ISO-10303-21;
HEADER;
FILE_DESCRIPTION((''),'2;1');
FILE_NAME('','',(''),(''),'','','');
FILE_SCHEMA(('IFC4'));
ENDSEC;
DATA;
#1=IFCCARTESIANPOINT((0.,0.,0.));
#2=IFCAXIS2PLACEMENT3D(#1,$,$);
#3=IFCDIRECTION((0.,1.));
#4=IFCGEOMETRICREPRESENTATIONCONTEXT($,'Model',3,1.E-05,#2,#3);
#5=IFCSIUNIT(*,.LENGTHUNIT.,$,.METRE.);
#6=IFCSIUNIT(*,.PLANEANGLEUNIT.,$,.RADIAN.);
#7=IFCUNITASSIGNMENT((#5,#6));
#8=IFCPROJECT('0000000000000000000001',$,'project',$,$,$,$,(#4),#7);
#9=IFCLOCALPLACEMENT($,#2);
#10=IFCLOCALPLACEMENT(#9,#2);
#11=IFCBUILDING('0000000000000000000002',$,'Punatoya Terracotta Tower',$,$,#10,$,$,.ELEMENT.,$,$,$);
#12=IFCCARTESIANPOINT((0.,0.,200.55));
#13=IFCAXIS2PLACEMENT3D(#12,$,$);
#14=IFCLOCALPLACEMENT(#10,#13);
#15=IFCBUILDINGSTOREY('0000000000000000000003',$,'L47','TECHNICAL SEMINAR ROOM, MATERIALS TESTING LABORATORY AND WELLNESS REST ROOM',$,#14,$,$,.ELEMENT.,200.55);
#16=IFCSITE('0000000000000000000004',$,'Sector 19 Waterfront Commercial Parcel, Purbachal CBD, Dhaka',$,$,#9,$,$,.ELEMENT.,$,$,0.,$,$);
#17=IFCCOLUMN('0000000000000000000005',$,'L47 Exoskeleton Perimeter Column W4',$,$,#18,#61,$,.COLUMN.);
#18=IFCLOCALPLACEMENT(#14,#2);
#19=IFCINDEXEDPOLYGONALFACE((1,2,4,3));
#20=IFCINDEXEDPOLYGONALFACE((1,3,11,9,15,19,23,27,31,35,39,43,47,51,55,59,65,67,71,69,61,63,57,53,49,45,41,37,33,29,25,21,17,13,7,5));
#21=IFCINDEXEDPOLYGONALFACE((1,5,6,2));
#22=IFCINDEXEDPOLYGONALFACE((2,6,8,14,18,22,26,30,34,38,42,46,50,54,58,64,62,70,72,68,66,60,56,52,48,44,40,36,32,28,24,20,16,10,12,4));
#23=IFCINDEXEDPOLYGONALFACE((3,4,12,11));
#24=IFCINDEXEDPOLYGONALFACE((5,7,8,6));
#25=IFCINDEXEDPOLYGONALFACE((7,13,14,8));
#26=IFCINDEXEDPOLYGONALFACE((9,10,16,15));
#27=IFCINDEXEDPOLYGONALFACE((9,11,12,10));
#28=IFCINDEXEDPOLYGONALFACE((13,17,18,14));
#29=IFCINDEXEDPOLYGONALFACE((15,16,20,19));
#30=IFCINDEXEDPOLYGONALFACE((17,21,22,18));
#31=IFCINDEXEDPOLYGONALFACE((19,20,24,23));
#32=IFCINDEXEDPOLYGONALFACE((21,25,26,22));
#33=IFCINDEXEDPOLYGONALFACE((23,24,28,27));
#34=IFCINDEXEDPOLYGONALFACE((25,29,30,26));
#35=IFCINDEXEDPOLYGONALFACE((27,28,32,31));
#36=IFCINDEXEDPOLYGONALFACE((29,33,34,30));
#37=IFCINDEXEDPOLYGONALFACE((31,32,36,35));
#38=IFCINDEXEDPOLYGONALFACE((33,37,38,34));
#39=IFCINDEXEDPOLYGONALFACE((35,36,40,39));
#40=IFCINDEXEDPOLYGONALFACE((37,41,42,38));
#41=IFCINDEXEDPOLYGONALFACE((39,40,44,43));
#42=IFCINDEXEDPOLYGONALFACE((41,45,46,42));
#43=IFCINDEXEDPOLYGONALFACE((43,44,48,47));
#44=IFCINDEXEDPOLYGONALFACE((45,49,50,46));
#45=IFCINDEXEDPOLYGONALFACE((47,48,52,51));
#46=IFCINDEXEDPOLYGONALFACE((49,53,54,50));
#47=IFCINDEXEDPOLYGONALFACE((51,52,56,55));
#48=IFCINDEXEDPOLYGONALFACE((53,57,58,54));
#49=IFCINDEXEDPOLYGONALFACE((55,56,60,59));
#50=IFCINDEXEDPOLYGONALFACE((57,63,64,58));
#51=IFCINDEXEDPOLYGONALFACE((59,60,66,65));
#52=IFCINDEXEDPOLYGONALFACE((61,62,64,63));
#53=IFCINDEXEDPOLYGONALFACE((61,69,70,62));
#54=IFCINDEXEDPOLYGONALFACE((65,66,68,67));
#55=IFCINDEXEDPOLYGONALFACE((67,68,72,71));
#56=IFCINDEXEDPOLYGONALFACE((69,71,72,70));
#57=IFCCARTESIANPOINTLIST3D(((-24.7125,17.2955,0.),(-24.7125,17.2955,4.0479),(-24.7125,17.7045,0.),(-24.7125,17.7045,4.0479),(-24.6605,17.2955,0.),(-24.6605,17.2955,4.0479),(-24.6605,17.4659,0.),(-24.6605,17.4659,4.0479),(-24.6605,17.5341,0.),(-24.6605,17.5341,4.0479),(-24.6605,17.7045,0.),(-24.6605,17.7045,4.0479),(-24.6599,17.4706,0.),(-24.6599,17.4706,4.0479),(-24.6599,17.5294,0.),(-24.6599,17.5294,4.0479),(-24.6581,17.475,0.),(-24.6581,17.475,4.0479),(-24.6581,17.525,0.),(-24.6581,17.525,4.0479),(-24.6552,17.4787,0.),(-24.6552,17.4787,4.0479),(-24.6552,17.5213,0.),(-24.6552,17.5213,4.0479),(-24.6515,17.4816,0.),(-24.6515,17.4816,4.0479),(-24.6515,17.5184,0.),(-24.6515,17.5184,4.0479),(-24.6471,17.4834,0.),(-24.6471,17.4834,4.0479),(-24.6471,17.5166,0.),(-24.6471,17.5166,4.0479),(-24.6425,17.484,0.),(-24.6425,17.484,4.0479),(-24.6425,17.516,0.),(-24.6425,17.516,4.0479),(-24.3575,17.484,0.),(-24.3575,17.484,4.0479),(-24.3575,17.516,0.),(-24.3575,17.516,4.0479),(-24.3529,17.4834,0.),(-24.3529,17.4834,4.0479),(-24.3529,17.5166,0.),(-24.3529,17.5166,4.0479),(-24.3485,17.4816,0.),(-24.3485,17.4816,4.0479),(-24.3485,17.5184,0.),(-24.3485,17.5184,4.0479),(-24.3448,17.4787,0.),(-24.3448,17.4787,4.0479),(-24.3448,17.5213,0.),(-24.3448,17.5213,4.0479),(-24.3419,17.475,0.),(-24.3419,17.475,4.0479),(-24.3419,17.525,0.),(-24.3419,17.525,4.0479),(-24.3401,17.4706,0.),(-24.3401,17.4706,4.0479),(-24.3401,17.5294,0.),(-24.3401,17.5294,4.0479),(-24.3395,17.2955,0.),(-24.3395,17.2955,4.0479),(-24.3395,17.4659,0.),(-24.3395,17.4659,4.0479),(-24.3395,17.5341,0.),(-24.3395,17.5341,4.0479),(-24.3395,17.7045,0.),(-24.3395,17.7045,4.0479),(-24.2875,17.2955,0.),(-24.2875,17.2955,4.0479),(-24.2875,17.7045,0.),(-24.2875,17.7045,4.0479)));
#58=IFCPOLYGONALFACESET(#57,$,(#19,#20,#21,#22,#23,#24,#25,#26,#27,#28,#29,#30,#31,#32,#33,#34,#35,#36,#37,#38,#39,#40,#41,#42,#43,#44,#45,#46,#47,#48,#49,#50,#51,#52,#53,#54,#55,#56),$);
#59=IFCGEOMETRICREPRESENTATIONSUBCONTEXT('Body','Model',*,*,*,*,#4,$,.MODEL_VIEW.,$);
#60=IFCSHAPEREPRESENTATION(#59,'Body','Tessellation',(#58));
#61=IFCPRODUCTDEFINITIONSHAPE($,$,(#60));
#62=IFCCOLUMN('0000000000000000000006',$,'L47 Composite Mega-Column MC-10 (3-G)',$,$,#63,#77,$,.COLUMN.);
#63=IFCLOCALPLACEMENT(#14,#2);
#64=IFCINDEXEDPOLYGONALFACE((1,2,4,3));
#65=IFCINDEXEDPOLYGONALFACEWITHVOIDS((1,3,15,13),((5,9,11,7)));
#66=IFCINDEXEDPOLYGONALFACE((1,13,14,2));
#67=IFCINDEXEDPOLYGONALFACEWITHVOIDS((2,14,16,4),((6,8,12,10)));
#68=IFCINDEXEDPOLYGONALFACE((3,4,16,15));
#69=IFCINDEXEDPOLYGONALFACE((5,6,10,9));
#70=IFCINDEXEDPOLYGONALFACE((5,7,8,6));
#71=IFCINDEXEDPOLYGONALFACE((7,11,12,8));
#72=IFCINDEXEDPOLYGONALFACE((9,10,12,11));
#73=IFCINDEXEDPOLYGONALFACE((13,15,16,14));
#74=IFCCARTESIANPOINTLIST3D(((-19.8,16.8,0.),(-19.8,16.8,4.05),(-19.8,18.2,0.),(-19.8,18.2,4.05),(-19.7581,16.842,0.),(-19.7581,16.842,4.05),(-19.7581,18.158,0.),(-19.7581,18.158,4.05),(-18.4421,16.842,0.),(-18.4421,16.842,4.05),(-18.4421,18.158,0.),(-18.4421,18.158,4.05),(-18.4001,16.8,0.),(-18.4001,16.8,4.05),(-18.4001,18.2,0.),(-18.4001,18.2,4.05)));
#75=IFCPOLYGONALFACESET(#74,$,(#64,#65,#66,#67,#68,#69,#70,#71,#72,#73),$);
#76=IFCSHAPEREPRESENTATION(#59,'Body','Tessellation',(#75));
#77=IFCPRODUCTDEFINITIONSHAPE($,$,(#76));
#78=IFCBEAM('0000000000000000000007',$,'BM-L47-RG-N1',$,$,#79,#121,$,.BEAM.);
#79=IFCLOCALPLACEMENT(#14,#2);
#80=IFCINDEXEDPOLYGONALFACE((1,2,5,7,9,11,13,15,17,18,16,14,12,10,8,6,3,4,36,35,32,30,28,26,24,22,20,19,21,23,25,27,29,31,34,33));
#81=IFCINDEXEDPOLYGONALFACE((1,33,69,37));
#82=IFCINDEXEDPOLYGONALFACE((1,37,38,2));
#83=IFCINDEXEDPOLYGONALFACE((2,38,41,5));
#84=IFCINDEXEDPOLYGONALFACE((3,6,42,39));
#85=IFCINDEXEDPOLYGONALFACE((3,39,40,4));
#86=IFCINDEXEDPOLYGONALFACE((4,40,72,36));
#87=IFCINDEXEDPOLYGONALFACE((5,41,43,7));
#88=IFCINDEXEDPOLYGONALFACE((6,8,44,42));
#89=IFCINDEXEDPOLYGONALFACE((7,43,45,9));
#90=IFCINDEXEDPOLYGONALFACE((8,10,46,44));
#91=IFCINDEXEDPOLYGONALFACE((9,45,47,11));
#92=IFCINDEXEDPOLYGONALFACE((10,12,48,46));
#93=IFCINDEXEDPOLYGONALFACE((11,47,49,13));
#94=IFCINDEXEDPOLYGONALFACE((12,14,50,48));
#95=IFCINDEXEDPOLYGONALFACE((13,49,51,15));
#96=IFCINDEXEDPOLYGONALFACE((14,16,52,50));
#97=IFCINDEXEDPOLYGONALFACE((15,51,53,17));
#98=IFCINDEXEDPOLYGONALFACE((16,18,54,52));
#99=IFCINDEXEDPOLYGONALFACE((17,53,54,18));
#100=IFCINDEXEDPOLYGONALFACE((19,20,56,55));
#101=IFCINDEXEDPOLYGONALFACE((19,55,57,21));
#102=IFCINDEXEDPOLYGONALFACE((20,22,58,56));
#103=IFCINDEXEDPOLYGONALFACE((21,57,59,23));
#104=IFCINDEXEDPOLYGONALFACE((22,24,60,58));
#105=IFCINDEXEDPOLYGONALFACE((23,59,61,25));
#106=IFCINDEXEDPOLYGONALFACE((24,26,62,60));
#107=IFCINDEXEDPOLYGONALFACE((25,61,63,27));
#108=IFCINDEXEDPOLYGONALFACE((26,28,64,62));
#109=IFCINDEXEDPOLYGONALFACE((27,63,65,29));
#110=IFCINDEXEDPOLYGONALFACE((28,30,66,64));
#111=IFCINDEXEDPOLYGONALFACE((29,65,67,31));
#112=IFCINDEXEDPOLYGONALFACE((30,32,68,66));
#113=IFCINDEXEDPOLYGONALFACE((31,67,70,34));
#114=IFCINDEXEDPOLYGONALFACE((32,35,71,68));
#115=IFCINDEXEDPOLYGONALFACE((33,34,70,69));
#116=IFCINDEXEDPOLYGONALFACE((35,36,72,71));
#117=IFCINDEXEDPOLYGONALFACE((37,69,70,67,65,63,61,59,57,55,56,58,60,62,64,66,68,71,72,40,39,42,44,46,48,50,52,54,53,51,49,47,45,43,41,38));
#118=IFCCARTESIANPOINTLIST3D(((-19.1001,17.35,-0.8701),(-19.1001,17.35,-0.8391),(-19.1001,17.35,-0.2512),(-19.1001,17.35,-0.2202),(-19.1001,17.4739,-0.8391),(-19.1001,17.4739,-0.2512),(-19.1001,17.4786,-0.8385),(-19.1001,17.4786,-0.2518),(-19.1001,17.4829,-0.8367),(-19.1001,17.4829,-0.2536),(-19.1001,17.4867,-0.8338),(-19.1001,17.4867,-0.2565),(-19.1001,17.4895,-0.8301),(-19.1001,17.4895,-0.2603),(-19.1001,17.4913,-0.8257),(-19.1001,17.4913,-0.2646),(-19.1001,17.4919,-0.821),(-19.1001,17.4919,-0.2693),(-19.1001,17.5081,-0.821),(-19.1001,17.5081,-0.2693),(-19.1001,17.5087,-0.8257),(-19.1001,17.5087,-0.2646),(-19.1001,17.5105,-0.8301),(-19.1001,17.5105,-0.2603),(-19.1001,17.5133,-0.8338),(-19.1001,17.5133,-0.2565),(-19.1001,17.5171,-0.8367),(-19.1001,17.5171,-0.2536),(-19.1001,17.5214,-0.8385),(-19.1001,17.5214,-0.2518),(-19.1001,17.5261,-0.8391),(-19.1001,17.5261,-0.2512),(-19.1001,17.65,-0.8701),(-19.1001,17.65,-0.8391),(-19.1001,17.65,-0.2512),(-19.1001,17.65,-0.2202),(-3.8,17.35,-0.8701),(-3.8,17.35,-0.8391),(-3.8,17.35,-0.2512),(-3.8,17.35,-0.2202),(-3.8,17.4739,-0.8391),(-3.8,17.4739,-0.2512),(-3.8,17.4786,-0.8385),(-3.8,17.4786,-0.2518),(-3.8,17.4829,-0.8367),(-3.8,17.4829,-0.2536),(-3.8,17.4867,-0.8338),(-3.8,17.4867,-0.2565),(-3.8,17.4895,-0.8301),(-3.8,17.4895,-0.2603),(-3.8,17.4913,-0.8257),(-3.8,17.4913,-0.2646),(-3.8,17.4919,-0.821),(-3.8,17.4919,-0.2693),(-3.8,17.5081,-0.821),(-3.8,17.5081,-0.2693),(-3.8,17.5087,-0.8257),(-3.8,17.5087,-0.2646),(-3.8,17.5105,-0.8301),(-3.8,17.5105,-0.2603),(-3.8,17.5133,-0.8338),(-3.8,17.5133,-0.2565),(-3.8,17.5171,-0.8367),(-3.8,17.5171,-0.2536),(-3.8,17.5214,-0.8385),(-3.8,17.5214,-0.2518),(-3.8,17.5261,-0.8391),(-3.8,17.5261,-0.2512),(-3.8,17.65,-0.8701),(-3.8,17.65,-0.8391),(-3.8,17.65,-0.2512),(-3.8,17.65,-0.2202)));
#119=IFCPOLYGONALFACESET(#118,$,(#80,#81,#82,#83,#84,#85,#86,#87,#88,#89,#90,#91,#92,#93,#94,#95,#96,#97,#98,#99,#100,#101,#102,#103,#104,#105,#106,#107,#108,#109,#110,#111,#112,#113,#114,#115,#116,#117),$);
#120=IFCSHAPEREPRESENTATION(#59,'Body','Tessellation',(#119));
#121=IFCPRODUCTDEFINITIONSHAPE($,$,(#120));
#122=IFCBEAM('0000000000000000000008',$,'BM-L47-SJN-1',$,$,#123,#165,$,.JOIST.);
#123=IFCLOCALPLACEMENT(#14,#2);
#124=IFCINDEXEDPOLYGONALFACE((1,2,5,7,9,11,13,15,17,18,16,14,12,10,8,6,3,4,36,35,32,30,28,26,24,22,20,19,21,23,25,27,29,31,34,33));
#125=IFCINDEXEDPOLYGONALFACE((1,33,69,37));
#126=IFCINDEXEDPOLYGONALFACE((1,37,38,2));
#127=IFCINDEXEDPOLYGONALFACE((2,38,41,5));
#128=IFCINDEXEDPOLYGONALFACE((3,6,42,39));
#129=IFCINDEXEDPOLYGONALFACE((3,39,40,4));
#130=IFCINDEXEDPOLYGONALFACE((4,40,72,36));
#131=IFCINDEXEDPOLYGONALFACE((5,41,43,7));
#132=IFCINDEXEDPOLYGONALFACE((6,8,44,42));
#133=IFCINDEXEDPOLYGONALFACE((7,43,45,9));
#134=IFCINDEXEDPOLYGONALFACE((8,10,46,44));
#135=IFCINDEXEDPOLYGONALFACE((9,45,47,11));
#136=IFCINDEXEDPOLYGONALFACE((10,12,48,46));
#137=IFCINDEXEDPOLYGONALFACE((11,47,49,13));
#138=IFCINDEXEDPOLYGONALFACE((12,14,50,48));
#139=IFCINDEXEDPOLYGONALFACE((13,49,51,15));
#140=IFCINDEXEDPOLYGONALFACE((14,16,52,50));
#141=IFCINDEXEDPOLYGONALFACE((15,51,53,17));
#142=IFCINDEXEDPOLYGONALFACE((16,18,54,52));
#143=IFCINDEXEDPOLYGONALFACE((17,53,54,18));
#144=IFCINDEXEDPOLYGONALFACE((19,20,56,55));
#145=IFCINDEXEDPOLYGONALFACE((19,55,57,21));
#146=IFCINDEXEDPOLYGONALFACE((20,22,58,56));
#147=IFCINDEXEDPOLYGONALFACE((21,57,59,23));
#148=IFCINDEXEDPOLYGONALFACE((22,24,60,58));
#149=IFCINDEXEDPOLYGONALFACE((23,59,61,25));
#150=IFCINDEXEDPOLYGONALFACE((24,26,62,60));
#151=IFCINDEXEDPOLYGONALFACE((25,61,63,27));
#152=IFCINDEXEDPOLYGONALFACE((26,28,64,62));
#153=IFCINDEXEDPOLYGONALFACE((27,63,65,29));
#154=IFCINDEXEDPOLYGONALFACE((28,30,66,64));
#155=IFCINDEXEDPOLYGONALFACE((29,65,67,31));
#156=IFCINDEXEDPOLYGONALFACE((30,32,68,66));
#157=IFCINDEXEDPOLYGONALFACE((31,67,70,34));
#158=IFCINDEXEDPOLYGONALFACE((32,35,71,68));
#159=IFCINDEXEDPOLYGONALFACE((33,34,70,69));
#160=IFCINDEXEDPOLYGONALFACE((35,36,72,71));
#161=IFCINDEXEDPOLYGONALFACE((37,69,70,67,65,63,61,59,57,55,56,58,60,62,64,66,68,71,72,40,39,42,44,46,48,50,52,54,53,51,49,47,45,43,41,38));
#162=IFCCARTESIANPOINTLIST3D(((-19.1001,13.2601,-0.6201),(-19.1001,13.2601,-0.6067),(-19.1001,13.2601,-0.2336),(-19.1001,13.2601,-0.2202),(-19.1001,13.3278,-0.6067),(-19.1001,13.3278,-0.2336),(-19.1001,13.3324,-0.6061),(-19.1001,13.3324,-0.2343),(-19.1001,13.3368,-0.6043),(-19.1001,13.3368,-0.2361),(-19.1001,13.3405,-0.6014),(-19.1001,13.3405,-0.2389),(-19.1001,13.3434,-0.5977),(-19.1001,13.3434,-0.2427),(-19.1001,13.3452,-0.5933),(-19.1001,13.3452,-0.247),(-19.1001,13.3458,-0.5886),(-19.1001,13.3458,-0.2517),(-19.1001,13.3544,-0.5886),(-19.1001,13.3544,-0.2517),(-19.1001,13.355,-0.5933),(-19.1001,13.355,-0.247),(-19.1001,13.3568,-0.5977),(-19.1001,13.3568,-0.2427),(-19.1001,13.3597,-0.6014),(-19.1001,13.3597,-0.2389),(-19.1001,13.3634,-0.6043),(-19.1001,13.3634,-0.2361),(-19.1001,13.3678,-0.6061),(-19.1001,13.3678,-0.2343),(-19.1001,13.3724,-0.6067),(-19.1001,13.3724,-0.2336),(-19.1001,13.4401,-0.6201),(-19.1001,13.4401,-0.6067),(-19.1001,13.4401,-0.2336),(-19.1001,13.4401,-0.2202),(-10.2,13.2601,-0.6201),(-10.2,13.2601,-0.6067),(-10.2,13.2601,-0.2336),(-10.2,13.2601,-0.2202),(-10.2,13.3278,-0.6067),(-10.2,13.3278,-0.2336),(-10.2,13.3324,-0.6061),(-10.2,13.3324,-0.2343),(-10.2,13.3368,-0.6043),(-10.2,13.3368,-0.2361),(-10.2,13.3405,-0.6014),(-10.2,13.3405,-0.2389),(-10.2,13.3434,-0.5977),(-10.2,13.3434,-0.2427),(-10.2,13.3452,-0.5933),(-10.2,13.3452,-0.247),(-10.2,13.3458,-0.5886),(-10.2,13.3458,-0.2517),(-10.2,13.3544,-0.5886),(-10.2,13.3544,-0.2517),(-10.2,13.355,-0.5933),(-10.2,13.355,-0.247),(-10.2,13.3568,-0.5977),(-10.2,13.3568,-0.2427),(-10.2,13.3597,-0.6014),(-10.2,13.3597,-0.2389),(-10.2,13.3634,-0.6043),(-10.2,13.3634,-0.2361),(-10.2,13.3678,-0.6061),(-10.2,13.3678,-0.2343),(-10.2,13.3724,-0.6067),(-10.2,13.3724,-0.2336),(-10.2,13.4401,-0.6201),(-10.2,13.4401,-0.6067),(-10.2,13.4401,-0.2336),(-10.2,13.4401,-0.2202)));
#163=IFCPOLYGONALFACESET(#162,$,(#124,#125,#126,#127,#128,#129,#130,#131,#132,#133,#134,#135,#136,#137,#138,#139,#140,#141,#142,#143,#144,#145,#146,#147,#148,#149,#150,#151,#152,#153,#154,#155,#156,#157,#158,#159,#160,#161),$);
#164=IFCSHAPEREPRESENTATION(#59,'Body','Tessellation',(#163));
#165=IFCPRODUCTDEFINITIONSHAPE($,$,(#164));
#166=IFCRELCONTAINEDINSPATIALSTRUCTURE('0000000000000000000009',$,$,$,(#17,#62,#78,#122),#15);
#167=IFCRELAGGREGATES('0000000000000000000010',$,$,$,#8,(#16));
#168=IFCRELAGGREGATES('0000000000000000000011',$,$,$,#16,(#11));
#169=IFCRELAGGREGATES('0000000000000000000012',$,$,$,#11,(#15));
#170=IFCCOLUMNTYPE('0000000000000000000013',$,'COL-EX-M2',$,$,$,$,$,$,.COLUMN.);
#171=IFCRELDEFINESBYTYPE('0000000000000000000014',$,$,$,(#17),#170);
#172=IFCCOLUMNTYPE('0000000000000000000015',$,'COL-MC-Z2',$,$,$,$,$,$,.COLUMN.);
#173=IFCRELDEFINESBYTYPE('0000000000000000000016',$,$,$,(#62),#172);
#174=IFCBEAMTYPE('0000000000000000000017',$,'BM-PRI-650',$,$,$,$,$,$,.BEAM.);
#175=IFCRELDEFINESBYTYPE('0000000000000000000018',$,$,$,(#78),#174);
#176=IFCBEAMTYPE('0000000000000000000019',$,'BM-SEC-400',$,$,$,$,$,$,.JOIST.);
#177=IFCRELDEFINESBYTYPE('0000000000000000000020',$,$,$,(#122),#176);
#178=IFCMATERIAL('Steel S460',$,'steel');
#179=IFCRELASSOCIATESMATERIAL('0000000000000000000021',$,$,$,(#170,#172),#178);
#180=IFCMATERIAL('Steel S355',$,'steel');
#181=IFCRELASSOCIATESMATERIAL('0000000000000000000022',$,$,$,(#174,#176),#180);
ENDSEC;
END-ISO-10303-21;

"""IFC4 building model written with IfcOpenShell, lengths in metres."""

from ifc_helpers import new_model, si_unit, direction, frame, origin, origin_2d, place, context, subcontext, project, spatial, hollow_rectangle, i_section, extrude, material, material_profile, profile_set, type_object, element, save


model = new_model("IFC4")

# Units and contexts
model_context = context("Model", 3, precision=1e-05, world=origin(), true_north=direction((0.0, 1.0)))
body_context = subcontext(model_context, "Body", "Model", "MODEL_VIEW")
ifc_project = project(units=[si_unit("LENGTHUNIT", "METRE"), si_unit("PLANEANGLEUNIT", "RADIAN")], contexts=[model_context])

# Site, building, storey
site_placement = place(None, origin())
site = spatial("IfcSite", under=ifc_project, at=site_placement, Name="Sector 19 Waterfront Commercial Parcel, Purbachal CBD, Dhaka", CompositionType="ELEMENT", RefElevation=0.0)
building_placement = place(site_placement, origin())
building = spatial("IfcBuilding", under=site, at=building_placement, Name="Punatoya Terracotta Tower", CompositionType="ELEMENT")
storey_placement = place(building_placement, frame((0.0, 0.0, 200.55)))
storey = spatial("IfcBuildingStorey", under=building, at=storey_placement, Name="L47", Description="TECHNICAL SEMINAR ROOM, MATERIALS TESTING LABORATORY AND WELLNESS REST ROOM", CompositionType="ELEMENT", Elevation=200.55)

# Columns
ifc_material_1 = material(Name="Steel S460", Category="steel")
ifc_material_profile_1 = material_profile(ifc_material_1, i_section(OverallWidth=0.4089, OverallDepth=0.425, WebThickness=0.032, FlangeThickness=0.052, FilletRadius=0.0181, at=origin_2d()))
ifc_profile_set_1 = profile_set([ifc_material_profile_1], Name="Steel S460")
column_type_1 = type_object("IfcColumnType", Name="COL-EX-M2", PredefinedType="COLUMN", material=ifc_profile_set_1)
column_1_placement = place(storey_placement, frame((-24.5, 17.5, 0.0), z_axis=(0.0, 0.0, 1.0), x_axis=(0.0, 1.0, 0.0)))
element("IfcColumn", 1, at=column_1_placement, inside=storey, type_object=column_type_1, Name="L47 Exoskeleton Perimeter Column W4", PredefinedType="COLUMN", context=body_context, shape_type="SweptSolid", body=[
    extrude(i_section(OverallWidth=0.4089, OverallDepth=0.425, WebThickness=0.032, FlangeThickness=0.052, FilletRadius=0.0181, at=origin_2d()), origin(), (0.0, 0.0, 1.0), 4.0479),
])
ifc_material_profile_2 = material_profile(ifc_material_1, hollow_rectangle(XDim=1.3999, YDim=1.3999, WallThickness=0.042, at=origin_2d()))
ifc_profile_set_2 = profile_set([ifc_material_profile_2], Name="Steel S460")
column_type_2 = type_object("IfcColumnType", Name="COL-MC-Z2", PredefinedType="COLUMN", material=ifc_profile_set_2)
column_2_placement = place(storey_placement, frame((-19.1001, 17.5, 0.0), z_axis=(0.0, 0.0, 1.0), x_axis=(1.0, 0.0, 0.0)))
element("IfcColumn", 2, at=column_2_placement, inside=storey, type_object=column_type_2, Name="L47 Composite Mega-Column MC-10 (3-G)", PredefinedType="COLUMN", context=body_context, shape_type="SweptSolid", body=[
    extrude(hollow_rectangle(XDim=1.3999, YDim=1.3999, WallThickness=0.042, at=origin_2d()), origin(), (0.0, 0.0, 1.0), 4.05),
])

# Beams
ifc_material_2 = material(Name="Steel S355", Category="steel")
ifc_material_profile_3 = material_profile(ifc_material_2, i_section(OverallWidth=0.3, OverallDepth=0.6499, WebThickness=0.0161, FlangeThickness=0.031, FilletRadius=0.0181, at=origin_2d()))
ifc_profile_set_3 = profile_set([ifc_material_profile_3], Name="Steel S355")
beam_type_1 = type_object("IfcBeamType", Name="BM-PRI-650", PredefinedType="BEAM", material=ifc_profile_set_3)
beam_1_placement = place(storey_placement, frame((-19.1001, 17.5, -0.5452), z_axis=(1.0, 0.0, 0.0), x_axis=(0.0, 1.0, 0.0)))
element("IfcBeam", 3, at=beam_1_placement, inside=storey, type_object=beam_type_1, Name="BM-L47-RG-N1", PredefinedType="BEAM", context=body_context, shape_type="SweptSolid", body=[
    extrude(i_section(OverallWidth=0.3, OverallDepth=0.6499, WebThickness=0.0161, FlangeThickness=0.031, FilletRadius=0.0181, at=origin_2d()), origin(), (0.0, 0.0, 1.0), 15.3),
])
ifc_material_profile_4 = material_profile(ifc_material_2, i_section(OverallWidth=0.1799, OverallDepth=0.3999, WebThickness=0.0085, FlangeThickness=0.0134, FilletRadius=0.0181, at=origin_2d()))
ifc_profile_set_4 = profile_set([ifc_material_profile_4], Name="Steel S355")
beam_type_2 = type_object("IfcBeamType", Name="BM-SEC-400", PredefinedType="JOIST", material=ifc_profile_set_4)
beam_2_placement = place(storey_placement, frame((-19.1001, 13.3501, -0.4202), z_axis=(1.0, 0.0, 0.0), x_axis=(0.0, 1.0, 0.0)))
element("IfcBeam", 4, at=beam_2_placement, inside=storey, type_object=beam_type_2, Name="BM-L47-SJN-1", PredefinedType="JOIST", context=body_context, shape_type="SweptSolid", body=[
    extrude(i_section(OverallWidth=0.1799, OverallDepth=0.3999, WebThickness=0.0085, FlangeThickness=0.0134, FilletRadius=0.0181, at=origin_2d()), origin(), (0.0, 0.0, 1.0), 8.9001),
])

save(model, "model.ifc")
